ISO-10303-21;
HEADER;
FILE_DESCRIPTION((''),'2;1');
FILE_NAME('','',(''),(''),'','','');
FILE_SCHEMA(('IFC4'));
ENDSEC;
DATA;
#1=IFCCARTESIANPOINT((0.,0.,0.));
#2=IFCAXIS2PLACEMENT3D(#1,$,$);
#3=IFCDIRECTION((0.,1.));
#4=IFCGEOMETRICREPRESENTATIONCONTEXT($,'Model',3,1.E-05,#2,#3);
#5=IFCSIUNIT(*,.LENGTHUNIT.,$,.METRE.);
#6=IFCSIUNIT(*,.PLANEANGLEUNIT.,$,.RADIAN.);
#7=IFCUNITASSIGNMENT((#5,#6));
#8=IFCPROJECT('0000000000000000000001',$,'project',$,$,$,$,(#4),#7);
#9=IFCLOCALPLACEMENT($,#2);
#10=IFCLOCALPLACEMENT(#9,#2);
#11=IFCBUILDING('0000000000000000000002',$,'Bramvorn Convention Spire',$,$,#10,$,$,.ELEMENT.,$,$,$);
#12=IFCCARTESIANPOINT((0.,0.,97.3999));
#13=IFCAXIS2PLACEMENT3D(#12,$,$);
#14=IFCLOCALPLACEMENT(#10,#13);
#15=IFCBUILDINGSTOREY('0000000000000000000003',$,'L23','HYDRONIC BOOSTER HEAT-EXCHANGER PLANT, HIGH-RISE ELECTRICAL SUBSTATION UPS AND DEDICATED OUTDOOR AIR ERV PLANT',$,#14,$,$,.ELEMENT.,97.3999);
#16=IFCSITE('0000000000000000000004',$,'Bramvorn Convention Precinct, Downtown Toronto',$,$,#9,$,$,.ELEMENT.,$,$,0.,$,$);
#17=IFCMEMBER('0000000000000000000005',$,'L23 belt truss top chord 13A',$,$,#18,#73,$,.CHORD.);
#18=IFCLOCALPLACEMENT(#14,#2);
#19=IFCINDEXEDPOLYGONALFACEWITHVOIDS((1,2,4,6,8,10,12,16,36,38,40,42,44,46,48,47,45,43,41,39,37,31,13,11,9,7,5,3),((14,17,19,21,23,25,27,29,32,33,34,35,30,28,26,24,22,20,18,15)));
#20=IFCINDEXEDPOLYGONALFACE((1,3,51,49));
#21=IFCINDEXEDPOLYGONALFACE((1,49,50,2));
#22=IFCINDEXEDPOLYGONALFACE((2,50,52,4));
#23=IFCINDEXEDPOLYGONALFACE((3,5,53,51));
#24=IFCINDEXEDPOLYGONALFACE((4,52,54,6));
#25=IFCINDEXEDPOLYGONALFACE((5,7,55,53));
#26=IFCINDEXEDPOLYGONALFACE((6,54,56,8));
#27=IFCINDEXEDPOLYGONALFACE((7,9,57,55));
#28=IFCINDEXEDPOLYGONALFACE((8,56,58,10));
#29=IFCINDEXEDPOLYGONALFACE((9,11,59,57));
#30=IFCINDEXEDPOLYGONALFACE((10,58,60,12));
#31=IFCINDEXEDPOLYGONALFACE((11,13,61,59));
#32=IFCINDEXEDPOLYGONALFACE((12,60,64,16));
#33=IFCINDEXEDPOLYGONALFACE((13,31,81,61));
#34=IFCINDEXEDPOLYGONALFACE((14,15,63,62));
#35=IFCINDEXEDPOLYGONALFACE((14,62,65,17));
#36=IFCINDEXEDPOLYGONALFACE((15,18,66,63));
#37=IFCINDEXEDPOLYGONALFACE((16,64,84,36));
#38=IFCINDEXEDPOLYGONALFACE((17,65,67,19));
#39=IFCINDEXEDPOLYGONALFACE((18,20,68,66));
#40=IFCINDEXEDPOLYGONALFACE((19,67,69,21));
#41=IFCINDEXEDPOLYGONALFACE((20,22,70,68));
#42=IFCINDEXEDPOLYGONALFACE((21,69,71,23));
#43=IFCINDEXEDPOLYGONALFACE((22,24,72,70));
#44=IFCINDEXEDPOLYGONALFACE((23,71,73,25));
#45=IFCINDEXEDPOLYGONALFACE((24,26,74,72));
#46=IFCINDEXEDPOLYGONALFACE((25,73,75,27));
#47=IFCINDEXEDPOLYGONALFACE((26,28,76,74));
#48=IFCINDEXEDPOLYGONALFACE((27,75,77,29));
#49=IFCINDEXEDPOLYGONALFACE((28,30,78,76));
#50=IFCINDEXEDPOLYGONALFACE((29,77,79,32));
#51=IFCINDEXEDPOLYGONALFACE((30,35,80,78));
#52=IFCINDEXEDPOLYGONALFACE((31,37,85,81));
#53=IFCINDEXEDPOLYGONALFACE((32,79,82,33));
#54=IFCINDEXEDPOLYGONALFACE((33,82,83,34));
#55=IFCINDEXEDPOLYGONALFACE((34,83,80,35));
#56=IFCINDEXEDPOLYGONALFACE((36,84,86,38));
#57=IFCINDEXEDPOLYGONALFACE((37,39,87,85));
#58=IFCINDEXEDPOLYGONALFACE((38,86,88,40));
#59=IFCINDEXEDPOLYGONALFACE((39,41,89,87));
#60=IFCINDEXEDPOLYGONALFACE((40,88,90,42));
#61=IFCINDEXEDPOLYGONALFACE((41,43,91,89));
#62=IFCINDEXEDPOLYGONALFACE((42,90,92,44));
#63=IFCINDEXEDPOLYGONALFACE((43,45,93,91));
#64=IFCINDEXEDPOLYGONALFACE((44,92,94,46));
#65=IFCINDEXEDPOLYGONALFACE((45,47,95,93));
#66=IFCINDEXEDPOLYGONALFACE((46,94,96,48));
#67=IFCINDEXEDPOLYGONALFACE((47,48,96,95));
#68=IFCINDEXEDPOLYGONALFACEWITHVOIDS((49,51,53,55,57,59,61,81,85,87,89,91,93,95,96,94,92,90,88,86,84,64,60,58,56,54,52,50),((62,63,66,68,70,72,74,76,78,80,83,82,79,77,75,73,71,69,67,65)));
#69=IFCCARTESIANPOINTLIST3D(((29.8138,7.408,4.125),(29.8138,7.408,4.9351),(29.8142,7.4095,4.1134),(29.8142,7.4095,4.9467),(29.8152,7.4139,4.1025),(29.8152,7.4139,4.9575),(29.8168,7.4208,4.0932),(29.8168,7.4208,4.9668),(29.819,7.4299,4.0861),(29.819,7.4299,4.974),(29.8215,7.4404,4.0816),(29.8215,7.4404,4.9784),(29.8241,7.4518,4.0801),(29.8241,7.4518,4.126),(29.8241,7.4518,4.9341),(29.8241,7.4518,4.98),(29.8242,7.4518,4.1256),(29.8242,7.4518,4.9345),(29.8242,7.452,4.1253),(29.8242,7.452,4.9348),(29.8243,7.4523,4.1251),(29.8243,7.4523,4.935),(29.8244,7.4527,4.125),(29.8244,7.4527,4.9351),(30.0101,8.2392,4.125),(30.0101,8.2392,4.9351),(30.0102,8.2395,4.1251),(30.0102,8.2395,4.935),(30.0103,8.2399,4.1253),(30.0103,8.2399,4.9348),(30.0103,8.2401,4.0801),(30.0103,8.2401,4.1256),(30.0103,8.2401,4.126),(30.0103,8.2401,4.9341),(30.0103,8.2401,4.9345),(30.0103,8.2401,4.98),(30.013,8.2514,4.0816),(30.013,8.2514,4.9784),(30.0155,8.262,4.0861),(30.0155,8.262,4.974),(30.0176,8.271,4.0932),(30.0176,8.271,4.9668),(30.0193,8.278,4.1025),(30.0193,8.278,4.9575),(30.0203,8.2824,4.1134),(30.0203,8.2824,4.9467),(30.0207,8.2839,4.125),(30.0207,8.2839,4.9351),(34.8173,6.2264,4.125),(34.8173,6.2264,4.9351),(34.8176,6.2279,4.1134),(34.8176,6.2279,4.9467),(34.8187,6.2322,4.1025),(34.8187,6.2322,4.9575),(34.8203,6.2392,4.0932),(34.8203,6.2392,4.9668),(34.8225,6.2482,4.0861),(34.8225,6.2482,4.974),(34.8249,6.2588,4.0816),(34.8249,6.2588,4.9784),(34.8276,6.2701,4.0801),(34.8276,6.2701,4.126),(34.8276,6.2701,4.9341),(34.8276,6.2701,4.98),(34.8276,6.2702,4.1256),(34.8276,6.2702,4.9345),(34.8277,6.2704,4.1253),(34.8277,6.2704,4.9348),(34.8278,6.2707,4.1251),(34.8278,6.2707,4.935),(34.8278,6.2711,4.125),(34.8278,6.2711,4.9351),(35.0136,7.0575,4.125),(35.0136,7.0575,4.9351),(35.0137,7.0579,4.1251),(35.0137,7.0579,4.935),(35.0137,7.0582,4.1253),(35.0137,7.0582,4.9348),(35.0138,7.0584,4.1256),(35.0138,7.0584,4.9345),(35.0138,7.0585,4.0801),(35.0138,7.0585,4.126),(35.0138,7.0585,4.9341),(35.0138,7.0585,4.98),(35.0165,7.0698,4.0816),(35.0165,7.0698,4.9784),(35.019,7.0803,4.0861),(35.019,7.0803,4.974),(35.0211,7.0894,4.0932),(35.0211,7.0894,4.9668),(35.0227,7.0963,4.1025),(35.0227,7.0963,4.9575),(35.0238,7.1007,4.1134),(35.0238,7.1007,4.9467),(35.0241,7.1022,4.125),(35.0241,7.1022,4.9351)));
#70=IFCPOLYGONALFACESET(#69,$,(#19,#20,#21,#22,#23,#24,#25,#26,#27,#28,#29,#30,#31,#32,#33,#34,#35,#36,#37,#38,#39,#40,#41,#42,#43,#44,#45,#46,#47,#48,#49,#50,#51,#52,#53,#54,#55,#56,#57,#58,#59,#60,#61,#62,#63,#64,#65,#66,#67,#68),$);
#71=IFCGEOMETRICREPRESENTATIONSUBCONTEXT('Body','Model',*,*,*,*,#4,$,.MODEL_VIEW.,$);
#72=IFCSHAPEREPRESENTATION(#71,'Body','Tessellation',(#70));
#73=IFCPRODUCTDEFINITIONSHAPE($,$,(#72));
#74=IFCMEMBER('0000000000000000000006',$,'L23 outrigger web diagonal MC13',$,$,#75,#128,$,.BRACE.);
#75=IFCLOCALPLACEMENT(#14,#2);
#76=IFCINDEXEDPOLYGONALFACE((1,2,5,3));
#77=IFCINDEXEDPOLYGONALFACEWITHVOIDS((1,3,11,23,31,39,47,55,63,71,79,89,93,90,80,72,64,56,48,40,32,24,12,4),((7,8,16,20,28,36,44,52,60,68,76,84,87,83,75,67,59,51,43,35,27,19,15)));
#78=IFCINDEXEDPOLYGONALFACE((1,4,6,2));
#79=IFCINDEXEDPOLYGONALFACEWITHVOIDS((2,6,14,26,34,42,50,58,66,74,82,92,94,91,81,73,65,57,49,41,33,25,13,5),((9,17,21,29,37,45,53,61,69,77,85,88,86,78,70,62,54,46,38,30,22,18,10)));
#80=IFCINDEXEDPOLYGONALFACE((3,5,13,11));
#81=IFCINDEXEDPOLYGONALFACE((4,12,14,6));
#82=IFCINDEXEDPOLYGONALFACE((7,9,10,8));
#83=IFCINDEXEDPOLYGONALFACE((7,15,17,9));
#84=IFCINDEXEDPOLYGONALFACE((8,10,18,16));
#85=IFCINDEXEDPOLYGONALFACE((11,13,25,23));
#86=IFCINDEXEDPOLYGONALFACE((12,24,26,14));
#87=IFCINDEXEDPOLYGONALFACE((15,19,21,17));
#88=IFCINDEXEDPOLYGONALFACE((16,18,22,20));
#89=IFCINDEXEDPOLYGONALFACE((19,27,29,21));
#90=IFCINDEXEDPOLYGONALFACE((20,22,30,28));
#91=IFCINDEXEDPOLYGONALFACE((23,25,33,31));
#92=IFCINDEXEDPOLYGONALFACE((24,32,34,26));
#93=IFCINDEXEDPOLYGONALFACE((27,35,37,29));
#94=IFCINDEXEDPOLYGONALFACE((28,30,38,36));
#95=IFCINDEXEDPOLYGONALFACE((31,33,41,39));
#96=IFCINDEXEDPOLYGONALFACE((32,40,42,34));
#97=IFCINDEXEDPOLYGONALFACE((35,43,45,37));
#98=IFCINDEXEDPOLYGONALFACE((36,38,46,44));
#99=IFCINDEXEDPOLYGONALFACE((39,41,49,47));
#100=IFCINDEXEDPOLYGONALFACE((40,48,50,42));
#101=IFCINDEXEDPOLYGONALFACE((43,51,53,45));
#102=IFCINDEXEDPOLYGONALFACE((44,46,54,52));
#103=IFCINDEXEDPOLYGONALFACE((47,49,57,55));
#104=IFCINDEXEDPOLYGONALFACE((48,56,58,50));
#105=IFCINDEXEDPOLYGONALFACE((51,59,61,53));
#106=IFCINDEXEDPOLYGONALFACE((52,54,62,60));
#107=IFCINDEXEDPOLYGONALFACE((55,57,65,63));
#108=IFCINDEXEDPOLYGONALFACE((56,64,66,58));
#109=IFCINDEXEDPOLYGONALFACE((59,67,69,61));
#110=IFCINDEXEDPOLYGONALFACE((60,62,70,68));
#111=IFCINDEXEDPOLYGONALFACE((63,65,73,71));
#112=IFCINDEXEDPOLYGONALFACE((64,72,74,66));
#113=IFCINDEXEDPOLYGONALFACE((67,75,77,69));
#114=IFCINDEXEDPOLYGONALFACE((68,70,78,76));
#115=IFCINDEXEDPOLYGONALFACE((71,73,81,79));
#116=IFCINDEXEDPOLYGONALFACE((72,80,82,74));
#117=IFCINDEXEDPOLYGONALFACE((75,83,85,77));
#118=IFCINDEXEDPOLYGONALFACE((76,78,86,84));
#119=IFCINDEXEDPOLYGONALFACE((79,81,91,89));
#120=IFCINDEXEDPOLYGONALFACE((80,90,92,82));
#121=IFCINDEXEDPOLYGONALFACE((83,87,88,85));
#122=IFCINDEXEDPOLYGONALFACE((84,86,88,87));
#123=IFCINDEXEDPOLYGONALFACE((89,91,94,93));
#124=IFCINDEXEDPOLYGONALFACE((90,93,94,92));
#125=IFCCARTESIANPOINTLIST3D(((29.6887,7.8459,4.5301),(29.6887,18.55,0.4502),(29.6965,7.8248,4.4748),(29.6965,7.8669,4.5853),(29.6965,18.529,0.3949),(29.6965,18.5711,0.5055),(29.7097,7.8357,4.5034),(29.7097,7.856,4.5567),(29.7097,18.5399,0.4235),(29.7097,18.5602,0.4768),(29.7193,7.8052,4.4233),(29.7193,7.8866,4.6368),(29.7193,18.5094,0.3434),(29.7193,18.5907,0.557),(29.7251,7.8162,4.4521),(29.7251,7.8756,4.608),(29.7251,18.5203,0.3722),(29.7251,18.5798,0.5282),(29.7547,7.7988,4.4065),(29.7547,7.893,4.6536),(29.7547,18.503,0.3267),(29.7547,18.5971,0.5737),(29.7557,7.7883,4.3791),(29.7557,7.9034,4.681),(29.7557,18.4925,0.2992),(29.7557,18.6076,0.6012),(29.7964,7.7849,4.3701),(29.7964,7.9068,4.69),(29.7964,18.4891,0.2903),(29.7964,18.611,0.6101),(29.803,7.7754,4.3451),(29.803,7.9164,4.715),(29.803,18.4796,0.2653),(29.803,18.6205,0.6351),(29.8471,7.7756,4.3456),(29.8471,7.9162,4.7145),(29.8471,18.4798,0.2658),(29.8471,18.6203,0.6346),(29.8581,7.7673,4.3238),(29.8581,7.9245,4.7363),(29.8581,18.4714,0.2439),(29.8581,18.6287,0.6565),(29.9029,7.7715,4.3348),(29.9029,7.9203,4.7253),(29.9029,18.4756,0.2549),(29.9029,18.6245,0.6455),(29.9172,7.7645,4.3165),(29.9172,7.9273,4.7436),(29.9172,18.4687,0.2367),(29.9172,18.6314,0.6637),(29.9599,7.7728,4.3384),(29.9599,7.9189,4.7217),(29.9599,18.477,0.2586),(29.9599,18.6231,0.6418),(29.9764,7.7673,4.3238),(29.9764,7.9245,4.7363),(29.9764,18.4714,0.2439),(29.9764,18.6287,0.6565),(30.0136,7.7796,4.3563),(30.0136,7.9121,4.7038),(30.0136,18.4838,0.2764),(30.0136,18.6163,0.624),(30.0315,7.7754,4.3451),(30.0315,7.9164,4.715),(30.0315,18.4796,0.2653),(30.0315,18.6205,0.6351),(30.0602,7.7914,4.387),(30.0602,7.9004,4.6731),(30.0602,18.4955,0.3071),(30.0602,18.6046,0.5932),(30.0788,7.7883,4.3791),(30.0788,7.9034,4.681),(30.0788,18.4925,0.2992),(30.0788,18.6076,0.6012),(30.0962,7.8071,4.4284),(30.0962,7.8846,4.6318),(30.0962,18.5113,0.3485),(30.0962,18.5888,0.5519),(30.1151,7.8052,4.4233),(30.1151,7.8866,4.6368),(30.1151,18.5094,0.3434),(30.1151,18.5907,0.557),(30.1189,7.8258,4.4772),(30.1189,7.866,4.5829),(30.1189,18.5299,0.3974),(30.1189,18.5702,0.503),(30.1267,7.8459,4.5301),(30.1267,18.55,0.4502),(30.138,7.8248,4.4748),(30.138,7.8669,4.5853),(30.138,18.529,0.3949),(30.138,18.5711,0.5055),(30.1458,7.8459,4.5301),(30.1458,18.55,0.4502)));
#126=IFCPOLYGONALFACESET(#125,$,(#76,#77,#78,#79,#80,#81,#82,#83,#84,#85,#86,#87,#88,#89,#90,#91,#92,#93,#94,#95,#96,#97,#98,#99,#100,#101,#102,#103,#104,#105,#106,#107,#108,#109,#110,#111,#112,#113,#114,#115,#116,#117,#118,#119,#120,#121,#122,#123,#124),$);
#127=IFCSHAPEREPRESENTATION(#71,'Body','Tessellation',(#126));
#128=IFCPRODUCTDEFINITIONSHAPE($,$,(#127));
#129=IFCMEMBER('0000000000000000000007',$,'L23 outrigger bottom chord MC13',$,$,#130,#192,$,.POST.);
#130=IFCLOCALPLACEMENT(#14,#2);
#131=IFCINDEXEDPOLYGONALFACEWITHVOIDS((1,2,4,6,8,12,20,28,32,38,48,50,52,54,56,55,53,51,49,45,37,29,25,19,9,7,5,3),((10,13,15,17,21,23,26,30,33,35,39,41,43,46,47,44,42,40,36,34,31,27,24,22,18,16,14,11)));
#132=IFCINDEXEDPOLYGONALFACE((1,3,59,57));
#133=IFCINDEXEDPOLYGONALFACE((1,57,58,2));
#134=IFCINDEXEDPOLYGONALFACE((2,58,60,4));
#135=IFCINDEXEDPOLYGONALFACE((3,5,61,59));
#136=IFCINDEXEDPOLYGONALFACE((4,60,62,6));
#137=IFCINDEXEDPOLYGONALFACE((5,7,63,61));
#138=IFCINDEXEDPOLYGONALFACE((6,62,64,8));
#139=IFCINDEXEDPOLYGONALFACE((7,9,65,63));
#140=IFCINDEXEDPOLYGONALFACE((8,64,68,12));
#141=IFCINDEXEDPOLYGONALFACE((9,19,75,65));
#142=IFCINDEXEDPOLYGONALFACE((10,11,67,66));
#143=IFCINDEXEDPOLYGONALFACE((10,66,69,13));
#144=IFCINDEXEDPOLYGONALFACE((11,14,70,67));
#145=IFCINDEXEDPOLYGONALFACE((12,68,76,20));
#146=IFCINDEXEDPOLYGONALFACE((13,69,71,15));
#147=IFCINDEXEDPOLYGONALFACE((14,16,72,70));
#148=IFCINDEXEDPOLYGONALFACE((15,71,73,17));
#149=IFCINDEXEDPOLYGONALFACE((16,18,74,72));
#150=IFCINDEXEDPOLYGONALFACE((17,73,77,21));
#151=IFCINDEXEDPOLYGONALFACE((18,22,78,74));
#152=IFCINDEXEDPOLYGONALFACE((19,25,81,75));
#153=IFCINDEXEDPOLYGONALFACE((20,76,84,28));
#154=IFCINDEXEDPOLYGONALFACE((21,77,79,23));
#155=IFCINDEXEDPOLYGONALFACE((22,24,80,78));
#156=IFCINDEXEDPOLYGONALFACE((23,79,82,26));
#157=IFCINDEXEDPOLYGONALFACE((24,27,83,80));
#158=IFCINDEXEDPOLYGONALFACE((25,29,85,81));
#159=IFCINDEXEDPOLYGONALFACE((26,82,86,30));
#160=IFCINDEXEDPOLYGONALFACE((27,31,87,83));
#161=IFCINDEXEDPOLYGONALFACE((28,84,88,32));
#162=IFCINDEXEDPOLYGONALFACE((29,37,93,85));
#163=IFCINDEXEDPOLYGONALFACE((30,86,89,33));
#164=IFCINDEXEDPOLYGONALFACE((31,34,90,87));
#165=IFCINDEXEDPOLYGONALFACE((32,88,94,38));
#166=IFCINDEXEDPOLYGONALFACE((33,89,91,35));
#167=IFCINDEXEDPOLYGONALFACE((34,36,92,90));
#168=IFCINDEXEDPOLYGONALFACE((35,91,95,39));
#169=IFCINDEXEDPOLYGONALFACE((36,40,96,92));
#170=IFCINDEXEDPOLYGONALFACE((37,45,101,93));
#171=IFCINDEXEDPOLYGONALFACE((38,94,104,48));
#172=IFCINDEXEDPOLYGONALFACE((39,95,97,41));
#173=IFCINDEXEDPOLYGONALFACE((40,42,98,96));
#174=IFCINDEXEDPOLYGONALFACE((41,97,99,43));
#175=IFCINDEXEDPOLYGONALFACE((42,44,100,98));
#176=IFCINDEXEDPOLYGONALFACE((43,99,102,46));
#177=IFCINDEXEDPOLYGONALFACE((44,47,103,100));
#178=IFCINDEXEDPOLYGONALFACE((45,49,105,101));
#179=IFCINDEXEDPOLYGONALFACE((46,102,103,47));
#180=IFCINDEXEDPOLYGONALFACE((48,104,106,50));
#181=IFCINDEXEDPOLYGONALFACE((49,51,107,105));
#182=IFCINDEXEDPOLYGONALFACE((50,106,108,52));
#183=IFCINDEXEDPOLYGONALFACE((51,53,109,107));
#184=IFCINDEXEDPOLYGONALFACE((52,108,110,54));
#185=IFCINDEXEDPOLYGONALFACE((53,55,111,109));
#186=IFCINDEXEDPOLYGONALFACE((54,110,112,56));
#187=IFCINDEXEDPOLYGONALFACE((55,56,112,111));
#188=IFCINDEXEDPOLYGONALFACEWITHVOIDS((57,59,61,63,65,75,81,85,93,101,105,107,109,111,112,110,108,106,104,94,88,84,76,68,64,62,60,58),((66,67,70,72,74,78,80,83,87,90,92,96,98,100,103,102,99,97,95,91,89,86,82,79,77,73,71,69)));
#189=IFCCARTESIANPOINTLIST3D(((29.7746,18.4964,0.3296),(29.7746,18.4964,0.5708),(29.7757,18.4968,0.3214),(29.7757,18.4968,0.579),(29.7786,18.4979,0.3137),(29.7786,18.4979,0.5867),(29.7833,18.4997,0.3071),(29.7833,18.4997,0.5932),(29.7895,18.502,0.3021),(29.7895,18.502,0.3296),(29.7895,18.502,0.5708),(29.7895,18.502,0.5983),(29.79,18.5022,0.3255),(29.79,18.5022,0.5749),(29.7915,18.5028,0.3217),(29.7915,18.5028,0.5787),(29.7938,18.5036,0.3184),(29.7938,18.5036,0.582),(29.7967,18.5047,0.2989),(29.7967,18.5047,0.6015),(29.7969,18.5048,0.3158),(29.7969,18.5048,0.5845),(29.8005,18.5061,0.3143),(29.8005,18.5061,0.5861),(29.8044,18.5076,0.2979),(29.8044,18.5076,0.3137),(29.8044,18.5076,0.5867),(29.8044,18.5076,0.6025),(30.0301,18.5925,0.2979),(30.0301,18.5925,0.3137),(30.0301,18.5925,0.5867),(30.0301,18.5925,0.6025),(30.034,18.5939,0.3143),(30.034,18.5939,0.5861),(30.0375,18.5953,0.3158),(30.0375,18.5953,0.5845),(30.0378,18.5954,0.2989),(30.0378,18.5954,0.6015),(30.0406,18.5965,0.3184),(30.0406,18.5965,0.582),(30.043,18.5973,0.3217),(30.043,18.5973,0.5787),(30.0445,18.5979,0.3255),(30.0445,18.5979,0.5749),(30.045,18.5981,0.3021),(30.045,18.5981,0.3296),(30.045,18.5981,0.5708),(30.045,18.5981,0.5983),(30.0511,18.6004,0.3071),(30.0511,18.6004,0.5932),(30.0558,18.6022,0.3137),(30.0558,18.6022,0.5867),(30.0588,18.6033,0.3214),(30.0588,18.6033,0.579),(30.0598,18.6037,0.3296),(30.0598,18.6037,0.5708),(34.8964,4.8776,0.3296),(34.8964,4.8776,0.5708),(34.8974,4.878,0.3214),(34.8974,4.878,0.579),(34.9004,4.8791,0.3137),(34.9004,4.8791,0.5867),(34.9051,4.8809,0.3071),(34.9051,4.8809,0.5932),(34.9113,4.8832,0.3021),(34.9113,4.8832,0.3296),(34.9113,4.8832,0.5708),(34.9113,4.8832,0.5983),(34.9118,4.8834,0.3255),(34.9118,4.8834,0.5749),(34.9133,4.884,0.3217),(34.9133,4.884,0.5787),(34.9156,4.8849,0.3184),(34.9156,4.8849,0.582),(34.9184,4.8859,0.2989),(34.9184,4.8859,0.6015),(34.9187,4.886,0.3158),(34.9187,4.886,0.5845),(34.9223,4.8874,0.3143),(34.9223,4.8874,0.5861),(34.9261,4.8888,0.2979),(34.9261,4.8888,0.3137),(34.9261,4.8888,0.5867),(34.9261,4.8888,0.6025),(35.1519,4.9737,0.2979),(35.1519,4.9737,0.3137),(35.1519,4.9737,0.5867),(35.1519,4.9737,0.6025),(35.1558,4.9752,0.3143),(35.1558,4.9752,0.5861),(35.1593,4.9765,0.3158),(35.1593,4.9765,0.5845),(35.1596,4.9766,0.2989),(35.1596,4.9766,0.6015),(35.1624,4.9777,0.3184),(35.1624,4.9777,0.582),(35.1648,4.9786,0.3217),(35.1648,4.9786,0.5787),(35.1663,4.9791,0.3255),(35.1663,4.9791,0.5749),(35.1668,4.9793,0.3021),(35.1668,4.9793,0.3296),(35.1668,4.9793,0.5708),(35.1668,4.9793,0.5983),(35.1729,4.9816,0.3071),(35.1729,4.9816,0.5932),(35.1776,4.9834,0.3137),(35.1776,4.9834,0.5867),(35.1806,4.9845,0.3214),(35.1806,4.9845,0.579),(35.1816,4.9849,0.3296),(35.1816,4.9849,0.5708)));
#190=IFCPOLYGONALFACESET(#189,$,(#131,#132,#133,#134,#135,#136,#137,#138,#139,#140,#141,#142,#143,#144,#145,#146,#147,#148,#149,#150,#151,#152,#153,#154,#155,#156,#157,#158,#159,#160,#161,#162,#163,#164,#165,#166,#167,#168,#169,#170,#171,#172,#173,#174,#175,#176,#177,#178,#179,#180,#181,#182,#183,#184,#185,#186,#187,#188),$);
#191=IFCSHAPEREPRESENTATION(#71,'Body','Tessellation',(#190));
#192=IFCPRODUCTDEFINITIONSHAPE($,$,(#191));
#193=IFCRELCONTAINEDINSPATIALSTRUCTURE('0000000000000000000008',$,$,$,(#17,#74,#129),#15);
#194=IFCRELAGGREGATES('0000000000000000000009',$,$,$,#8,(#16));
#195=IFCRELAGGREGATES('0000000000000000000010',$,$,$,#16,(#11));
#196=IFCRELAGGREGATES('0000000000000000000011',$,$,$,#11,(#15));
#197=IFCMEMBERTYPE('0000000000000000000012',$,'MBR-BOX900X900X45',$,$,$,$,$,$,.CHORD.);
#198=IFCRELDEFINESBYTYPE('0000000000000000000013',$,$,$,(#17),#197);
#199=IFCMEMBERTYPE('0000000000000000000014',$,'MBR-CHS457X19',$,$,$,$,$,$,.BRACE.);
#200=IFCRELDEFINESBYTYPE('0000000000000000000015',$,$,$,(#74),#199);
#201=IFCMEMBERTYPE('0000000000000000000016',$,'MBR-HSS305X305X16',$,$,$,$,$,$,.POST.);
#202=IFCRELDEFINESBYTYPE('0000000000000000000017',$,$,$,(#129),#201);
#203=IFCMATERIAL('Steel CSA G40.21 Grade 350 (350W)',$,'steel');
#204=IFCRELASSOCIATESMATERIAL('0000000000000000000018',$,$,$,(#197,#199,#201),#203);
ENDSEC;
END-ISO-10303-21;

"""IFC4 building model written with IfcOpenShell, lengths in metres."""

from ifc_helpers import new_model, si_unit, direction, frame, origin, origin_2d, place, context, subcontext, project, spatial, hollow_rectangle, hollow_circle, extrude, material, material_profile, profile_set, type_object, element, save


model = new_model("IFC4")

# Units and contexts
model_context = context("Model", 3, precision=1e-05, world=origin(), true_north=direction((0.0, 1.0)))
body_context = subcontext(model_context, "Body", "Model", "MODEL_VIEW")
ifc_project = project(units=[si_unit("LENGTHUNIT", "METRE"), si_unit("PLANEANGLEUNIT", "RADIAN")], contexts=[model_context])

# Site, building, storey
site_placement = place(None, origin())
site = spatial("IfcSite", under=ifc_project, at=site_placement, Name="Bramvorn Convention Precinct, Downtown Toronto", CompositionType="ELEMENT", RefElevation=0.0)
building_placement = place(site_placement, origin())
building = spatial("IfcBuilding", under=site, at=building_placement, Name="Bramvorn Convention Spire", CompositionType="ELEMENT")
storey_placement = place(building_placement, frame((0.0, 0.0, 97.3999)))
storey = spatial("IfcBuildingStorey", under=building, at=storey_placement, Name="L23", Description="HYDRONIC BOOSTER HEAT-EXCHANGER PLANT, HIGH-RISE ELECTRICAL SUBSTATION UPS AND DEDICATED OUTDOOR AIR ERV PLANT", CompositionType="ELEMENT", Elevation=97.3999)

# Shared definitions
ifc_material_1 = material(Name="Steel CSA G40.21 Grade 350 (350W)", Category="steel")

# Members
ifc_material_profile_1 = material_profile(ifc_material_1, hollow_rectangle(XDim=0.8999, YDim=0.8999, WallThickness=0.0449, InnerFilletRadius=0.001, OuterFilletRadius=0.0449, at=origin_2d()))
ifc_profile_set_1 = profile_set([ifc_material_profile_1], Name="Steel CSA G40.21 Grade 350 (350W) - BOX900X900X45")
member_type_1 = type_object("IfcMemberType", Name="MBR-BOX900X900X45", PredefinedType="CHORD", material=ifc_profile_set_1)
member_1_placement = place(storey_placement, frame((29.9172, 7.8459, 4.53), z_axis=(0.973228, -0.229844, 0.0), x_axis=(0.229844, 0.973228, 0.0)))
element("IfcMember", 1, at=member_1_placement, inside=storey, type_object=member_type_1, Name="L23 belt truss top chord 13A", PredefinedType="CHORD", context=body_context, shape_type="SweptSolid", body=[
    extrude(hollow_rectangle(XDim=0.8999, YDim=0.8999, WallThickness=0.0449, InnerFilletRadius=0.001, OuterFilletRadius=0.0449, at=origin_2d()), origin(), (0.0, 0.0, 1.0), 5.1411),
])
ifc_material_profile_2 = material_profile(ifc_material_1, hollow_circle(Radius=0.2285, WallThickness=0.019, at=origin_2d()))
ifc_profile_set_2 = profile_set([ifc_material_profile_2], Name="Steel CSA G40.21 Grade 350 (350W) - CHS457X19")
member_type_2 = type_object("IfcMemberType", Name="MBR-CHS457X19", PredefinedType="BRACE", material=ifc_profile_set_2)
member_2_placement = place(storey_placement, frame((29.9172, 18.55, 0.4502), z_axis=(0.0, -0.934427, 0.356154), x_axis=(1.0, 0.0, 0.0)))
element("IfcMember", 2, at=member_2_placement, inside=storey, type_object=member_type_2, Name="L23 outrigger web diagonal MC13", PredefinedType="BRACE", context=body_context, shape_type="SweptSolid", body=[
    extrude(hollow_circle(Radius=0.2285, WallThickness=0.019, at=origin_2d()), origin(), (0.0, 0.0, 1.0), 11.4553),
])
ifc_material_profile_3 = material_profile(ifc_material_1, hollow_rectangle(XDim=0.3047, YDim=0.3047, WallThickness=0.0159, InnerFilletRadius=0.0159, OuterFilletRadius=0.0317, at=origin_2d()))
ifc_profile_set_3 = profile_set([ifc_material_profile_3], Name="Steel CSA G40.21 Grade 350 (350W) - HSS305X305X16")
member_type_3 = type_object("IfcMemberType", Name="MBR-HSS305X305X16", PredefinedType="POST", material=ifc_profile_set_3)
member_3_placement = place(storey_placement, frame((29.9172, 18.55, 0.4502), z_axis=(0.352011, -0.935996, 0.0), x_axis=(0.935996, 0.352011, 0.0)))
element("IfcMember", 3, at=member_3_placement, inside=storey, type_object=member_type_3, Name="L23 outrigger bottom chord MC13", PredefinedType="POST", context=body_context, shape_type="SweptSolid", body=[
    extrude(hollow_rectangle(XDim=0.3047, YDim=0.3047, WallThickness=0.0159, InnerFilletRadius=0.0159, OuterFilletRadius=0.0317, at=origin_2d()), origin(), (0.0, 0.0, 1.0), 14.55),
])

save(model, "model.ifc")
